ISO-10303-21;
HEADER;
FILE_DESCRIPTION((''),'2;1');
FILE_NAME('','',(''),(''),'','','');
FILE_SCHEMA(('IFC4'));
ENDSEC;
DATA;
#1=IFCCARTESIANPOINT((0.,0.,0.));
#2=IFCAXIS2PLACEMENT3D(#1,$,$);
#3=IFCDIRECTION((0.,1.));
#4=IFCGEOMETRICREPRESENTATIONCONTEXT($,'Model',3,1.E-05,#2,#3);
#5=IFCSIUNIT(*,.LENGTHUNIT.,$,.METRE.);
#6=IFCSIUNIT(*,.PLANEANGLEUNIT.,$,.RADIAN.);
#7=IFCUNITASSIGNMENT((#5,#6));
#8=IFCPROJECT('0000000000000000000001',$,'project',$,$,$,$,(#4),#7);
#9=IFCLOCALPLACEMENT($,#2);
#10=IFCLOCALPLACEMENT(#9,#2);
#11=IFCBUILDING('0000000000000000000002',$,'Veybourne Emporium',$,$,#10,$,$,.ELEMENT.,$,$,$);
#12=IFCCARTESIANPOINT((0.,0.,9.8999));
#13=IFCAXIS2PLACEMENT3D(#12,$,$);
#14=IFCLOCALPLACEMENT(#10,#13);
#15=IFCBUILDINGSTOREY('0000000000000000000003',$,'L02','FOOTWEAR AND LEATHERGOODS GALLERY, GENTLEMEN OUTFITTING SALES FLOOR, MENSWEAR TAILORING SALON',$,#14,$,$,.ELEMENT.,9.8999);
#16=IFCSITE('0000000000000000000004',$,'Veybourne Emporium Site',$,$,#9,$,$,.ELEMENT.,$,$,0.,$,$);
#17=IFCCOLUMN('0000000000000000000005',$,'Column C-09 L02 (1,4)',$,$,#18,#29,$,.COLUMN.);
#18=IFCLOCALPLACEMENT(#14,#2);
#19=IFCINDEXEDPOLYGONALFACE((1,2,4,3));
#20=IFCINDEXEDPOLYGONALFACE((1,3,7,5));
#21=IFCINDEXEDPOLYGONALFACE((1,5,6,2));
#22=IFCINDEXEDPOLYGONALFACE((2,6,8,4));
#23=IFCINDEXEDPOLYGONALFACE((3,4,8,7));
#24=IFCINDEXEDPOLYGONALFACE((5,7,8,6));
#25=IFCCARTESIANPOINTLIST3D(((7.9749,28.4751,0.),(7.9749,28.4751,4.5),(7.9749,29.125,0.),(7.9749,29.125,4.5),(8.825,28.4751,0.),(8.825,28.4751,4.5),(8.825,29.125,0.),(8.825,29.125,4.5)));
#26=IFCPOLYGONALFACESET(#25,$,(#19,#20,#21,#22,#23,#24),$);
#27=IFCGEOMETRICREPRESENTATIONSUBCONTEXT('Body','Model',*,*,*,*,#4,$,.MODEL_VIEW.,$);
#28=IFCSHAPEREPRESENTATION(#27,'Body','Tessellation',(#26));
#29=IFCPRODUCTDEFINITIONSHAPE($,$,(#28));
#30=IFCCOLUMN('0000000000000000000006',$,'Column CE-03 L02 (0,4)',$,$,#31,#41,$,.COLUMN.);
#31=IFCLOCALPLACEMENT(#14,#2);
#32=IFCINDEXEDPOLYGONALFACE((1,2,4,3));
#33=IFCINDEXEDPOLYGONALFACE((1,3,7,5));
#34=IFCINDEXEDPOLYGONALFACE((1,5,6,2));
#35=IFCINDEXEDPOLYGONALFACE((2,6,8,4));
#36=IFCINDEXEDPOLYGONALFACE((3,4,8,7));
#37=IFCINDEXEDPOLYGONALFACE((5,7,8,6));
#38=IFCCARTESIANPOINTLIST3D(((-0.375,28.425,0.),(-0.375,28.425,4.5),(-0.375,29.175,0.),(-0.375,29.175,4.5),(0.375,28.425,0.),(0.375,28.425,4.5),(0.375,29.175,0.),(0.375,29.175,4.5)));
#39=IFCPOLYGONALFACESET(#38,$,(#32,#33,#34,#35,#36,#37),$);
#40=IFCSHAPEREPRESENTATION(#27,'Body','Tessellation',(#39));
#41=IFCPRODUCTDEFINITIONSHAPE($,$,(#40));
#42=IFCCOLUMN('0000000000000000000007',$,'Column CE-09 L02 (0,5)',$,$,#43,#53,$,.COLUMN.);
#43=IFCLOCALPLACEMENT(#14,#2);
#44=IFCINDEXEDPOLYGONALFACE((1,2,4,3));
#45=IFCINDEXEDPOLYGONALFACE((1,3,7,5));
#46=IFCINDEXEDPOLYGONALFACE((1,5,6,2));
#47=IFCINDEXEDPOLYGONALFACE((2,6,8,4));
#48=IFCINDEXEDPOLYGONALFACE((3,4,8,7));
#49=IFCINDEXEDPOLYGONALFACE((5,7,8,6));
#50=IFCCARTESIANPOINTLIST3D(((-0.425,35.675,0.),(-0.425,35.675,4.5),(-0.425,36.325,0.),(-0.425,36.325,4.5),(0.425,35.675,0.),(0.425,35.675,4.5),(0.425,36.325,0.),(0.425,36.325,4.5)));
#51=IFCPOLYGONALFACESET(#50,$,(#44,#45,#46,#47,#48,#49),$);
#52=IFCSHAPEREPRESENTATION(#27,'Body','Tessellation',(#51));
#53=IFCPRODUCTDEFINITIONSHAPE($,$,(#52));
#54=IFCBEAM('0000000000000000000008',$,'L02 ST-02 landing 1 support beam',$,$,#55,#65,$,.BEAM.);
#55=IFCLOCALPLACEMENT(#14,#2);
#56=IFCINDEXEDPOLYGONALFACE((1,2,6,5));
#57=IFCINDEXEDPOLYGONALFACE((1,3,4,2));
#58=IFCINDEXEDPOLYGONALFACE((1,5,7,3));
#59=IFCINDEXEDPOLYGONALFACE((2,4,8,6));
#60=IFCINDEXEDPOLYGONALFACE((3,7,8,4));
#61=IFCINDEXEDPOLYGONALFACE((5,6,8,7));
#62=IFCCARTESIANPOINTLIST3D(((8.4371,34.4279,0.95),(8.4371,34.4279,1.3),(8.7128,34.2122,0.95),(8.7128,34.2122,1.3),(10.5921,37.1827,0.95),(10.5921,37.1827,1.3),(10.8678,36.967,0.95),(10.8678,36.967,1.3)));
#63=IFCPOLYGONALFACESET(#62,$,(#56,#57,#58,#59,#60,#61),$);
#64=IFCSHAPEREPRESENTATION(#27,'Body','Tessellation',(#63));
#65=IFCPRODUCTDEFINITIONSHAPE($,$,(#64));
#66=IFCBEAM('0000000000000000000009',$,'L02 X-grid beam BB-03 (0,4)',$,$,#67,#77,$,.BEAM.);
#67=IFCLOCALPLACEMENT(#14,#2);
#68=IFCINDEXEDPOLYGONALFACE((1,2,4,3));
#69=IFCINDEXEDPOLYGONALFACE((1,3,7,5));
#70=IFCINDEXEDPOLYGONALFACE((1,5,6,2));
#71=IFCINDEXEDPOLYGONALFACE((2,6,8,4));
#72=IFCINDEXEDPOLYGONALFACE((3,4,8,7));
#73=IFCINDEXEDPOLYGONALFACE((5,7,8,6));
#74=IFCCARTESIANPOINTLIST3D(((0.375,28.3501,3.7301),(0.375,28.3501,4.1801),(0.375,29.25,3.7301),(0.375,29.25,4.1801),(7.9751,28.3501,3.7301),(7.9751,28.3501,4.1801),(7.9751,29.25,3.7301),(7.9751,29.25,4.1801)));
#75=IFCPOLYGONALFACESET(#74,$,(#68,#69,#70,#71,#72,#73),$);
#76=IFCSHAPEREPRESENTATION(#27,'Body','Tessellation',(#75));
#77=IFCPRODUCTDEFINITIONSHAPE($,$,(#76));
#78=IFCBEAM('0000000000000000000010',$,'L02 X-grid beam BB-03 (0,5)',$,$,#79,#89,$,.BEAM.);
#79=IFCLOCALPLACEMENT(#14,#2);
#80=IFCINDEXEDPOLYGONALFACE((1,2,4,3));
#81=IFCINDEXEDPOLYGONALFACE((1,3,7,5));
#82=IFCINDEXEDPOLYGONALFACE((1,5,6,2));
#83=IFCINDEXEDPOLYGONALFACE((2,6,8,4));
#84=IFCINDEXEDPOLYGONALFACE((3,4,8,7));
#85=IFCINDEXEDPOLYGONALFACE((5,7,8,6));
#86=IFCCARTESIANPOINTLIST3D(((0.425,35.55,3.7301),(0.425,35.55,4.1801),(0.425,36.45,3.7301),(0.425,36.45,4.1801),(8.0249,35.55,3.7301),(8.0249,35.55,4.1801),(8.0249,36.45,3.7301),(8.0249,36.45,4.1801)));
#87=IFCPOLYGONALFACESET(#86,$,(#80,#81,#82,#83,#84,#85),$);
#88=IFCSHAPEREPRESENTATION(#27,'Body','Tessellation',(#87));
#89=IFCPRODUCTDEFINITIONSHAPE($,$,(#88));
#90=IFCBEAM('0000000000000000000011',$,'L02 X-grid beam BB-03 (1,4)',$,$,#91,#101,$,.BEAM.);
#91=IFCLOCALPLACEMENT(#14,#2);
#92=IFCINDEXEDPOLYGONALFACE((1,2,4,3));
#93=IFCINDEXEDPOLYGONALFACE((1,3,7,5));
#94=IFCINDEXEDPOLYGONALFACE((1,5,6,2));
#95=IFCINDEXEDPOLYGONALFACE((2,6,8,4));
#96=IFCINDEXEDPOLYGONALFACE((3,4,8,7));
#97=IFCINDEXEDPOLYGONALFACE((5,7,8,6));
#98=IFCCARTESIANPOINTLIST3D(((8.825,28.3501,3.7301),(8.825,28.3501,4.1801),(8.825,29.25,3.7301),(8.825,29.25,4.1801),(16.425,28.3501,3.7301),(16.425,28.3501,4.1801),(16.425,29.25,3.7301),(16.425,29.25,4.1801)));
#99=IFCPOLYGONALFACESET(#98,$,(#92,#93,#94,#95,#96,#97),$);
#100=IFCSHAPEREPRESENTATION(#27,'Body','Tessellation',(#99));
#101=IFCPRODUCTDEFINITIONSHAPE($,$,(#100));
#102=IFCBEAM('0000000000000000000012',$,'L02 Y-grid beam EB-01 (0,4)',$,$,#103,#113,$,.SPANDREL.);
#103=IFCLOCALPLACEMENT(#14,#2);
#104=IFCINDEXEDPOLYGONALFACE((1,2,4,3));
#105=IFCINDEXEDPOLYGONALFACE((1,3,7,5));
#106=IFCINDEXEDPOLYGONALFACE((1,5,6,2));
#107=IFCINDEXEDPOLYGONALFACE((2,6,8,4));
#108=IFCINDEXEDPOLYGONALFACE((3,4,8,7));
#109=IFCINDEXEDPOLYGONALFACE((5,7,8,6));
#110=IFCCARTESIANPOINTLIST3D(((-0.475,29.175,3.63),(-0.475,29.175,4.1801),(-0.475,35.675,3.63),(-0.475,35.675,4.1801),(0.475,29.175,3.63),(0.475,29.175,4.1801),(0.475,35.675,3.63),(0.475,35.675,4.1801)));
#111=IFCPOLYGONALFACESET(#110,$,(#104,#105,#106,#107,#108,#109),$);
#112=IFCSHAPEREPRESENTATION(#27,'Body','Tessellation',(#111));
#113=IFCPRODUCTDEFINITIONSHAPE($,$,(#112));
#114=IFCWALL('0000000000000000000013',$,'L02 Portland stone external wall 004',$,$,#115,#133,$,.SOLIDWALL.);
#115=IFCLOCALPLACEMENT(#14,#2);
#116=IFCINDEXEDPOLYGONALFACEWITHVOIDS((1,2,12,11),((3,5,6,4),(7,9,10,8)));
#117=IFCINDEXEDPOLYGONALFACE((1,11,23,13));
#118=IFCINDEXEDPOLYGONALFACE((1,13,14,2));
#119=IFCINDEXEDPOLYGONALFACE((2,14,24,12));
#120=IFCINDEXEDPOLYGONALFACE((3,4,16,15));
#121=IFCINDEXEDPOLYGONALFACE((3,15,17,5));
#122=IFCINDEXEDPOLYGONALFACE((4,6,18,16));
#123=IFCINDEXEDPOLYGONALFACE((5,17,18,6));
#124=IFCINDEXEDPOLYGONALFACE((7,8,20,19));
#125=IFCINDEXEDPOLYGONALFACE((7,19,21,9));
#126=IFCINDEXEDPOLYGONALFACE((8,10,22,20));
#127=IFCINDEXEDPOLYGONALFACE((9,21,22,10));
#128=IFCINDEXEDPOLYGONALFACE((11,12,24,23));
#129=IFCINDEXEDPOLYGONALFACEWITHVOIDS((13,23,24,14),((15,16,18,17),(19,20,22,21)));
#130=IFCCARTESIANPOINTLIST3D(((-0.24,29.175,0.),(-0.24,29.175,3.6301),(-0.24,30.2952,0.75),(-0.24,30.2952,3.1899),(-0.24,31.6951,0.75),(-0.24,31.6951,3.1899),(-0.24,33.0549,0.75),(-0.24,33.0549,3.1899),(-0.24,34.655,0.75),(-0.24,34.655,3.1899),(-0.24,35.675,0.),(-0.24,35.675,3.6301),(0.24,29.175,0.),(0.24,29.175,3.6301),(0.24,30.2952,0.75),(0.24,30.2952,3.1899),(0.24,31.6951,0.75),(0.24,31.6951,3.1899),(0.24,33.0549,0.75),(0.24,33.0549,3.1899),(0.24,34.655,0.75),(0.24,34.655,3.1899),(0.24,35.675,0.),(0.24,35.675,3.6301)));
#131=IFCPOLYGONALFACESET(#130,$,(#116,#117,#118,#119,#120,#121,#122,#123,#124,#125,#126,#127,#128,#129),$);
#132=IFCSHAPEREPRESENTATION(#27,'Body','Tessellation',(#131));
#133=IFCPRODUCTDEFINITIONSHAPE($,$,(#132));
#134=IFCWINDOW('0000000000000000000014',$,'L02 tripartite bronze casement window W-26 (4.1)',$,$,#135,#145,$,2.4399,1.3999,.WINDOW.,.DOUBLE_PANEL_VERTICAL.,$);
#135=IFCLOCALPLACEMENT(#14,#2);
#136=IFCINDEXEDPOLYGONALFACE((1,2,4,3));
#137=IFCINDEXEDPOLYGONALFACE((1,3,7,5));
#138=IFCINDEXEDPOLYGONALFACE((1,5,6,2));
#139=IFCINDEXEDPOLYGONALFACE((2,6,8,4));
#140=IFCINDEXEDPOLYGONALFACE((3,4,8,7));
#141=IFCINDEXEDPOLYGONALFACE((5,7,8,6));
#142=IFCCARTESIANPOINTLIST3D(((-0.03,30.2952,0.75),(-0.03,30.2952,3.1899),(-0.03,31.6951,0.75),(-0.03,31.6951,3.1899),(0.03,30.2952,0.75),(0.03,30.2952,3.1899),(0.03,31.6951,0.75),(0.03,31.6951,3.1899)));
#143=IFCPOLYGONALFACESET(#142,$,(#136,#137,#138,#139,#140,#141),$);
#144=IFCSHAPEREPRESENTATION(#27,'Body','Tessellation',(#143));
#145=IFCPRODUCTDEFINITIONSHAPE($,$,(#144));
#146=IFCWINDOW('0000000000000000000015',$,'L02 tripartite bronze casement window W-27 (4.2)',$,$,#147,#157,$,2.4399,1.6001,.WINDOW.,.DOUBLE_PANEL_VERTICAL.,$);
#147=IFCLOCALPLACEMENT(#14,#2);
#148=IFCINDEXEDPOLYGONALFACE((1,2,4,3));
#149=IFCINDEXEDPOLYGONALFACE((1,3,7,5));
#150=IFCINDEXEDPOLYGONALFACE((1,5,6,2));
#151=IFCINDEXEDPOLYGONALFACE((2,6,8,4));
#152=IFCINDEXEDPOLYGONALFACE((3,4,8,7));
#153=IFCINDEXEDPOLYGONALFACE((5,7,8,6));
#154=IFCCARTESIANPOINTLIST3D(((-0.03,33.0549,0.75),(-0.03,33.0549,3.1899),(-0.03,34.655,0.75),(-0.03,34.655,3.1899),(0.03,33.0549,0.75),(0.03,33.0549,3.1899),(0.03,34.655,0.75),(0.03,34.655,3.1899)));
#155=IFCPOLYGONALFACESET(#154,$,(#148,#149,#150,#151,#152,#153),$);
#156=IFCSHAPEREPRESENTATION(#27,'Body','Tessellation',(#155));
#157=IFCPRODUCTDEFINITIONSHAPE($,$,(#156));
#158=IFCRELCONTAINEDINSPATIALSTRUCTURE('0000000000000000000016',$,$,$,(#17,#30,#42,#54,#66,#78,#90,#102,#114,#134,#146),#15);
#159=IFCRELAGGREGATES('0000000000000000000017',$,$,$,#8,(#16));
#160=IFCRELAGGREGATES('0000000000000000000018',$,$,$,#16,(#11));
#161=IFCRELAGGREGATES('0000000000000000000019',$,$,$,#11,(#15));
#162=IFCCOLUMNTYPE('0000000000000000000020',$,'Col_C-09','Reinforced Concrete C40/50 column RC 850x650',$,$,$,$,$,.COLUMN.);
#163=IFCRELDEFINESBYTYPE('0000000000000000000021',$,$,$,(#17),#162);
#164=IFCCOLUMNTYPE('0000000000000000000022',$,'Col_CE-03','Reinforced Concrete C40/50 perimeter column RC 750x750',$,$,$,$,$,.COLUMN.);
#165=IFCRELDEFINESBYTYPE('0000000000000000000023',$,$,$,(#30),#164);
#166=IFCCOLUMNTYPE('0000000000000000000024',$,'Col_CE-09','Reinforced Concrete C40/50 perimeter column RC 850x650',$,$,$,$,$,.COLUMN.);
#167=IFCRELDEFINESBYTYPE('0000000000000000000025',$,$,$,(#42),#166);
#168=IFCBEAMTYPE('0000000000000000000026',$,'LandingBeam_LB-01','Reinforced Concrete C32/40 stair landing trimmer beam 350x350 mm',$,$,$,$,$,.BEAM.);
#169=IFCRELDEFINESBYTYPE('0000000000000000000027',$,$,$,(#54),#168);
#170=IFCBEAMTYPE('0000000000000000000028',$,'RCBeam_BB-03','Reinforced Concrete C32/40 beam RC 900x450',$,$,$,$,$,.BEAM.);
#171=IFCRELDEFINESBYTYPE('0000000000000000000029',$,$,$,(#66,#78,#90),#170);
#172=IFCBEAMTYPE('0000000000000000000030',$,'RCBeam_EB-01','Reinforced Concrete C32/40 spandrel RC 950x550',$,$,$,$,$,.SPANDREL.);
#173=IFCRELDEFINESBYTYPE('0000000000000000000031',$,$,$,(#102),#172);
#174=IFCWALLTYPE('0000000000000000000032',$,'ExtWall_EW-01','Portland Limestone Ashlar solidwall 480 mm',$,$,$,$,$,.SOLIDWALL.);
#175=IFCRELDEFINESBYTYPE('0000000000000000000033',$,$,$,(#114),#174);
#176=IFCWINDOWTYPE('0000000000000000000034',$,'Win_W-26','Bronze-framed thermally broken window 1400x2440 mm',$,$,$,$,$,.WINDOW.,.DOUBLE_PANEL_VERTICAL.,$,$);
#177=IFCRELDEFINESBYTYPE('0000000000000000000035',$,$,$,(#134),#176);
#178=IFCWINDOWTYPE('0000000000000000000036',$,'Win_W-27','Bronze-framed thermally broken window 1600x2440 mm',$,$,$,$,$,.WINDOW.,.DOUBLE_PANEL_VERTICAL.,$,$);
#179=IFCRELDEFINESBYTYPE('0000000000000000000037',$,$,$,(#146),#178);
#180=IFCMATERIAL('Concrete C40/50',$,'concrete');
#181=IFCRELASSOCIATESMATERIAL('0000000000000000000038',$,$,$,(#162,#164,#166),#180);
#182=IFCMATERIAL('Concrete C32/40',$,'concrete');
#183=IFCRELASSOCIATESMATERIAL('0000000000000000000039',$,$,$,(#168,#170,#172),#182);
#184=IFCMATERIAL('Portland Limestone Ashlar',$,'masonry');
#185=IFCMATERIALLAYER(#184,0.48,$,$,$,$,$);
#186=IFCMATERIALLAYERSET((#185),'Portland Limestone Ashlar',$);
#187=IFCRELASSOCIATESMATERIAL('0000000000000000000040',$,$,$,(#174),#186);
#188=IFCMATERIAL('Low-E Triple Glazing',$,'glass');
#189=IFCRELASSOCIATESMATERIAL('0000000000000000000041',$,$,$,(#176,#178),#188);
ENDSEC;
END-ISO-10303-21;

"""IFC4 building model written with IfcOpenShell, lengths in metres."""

from ifc_helpers import new_model, si_unit, direction, frame, frame_2d, origin, origin_2d, place, context, subcontext, project, spatial, rectangle, extrude, material, layer, layer_set, material_profile, profile_set, type_object, element, fill, save


model = new_model("IFC4")

# Units and contexts
model_context = context("Model", 3, precision=1e-05, world=origin(), true_north=direction((0.0, 1.0)))
body_context = subcontext(model_context, "Body", "Model", "MODEL_VIEW")
ifc_project = project(units=[si_unit("LENGTHUNIT", "METRE"), si_unit("PLANEANGLEUNIT", "RADIAN")], contexts=[model_context])

# Site, building, storey
site_placement = place(None, origin())
site = spatial("IfcSite", under=ifc_project, at=site_placement, Name="Veybourne Emporium Site", CompositionType="ELEMENT", RefElevation=0.0)
building_placement = place(site_placement, origin())
building = spatial("IfcBuilding", under=site, at=building_placement, Name="Veybourne Emporium", CompositionType="ELEMENT")
storey_placement = place(building_placement, frame((0.0, 0.0, 9.8999)))
storey = spatial("IfcBuildingStorey", under=building, at=storey_placement, Name="L02", Description="FOOTWEAR AND LEATHERGOODS GALLERY, GENTLEMEN OUTFITTING SALES FLOOR, MENSWEAR TAILORING SALON", CompositionType="ELEMENT", Elevation=9.8999)

# Columns
ifc_material_1 = material(Name="Concrete C40/50", Category="concrete")
ifc_material_profile_1 = material_profile(ifc_material_1, rectangle(XDim=0.8501, YDim=0.6499, at=origin_2d()), Name="RC 850x650")
ifc_profile_set_1 = profile_set([ifc_material_profile_1], Name="Concrete C40/50")
column_type_1 = type_object("IfcColumnType", Name="Col_C-09", Description="Reinforced Concrete C40/50 column RC 850x650", PredefinedType="COLUMN", material=ifc_profile_set_1)
column_1_placement = place(storey_placement, frame((8.3999, 28.8, 0.0), z_axis=(0.0, 0.0, 1.0), x_axis=(1.0, 0.0, 0.0)))
element("IfcColumn", 1, at=column_1_placement, inside=storey, type_object=column_type_1, Name="Column C-09 L02 (1,4)", PredefinedType="COLUMN", context=body_context, shape_type="SweptSolid", body=[
    extrude(rectangle(XDim=0.8501, YDim=0.6499, at=origin_2d()), origin(), (0.0, 0.0, 1.0), 4.5),
])
ifc_material_profile_2 = material_profile(ifc_material_1, rectangle(XDim=0.75, YDim=0.75, at=origin_2d()), Name="RC 750x750")
ifc_profile_set_2 = profile_set([ifc_material_profile_2], Name="Concrete C40/50")
column_type_2 = type_object("IfcColumnType", Name="Col_CE-03", Description="Reinforced Concrete C40/50 perimeter column RC 750x750", PredefinedType="COLUMN", material=ifc_profile_set_2)
column_2_placement = place(storey_placement, frame((0.0, 28.8, 0.0), z_axis=(0.0, 0.0, 1.0), x_axis=(1.0, 0.0, 0.0)))
element("IfcColumn", 2, at=column_2_placement, inside=storey, type_object=column_type_2, Name="Column CE-03 L02 (0,4)", PredefinedType="COLUMN", context=body_context, shape_type="SweptSolid", body=[
    extrude(rectangle(XDim=0.75, YDim=0.75, at=origin_2d()), origin(), (0.0, 0.0, 1.0), 4.5),
])
ifc_material_profile_3 = material_profile(ifc_material_1, rectangle(XDim=0.8501, YDim=0.6499, at=origin_2d()), Name="RC 850x650")
ifc_profile_set_3 = profile_set([ifc_material_profile_3], Name="Concrete C40/50")
column_type_3 = type_object("IfcColumnType", Name="Col_CE-09", Description="Reinforced Concrete C40/50 perimeter column RC 850x650", PredefinedType="COLUMN", material=ifc_profile_set_3)
column_3_placement = place(storey_placement, frame((0.0, 36.0, 0.0), z_axis=(0.0, 0.0, 1.0), x_axis=(1.0, 0.0, 0.0)))
element("IfcColumn", 3, at=column_3_placement, inside=storey, type_object=column_type_3, Name="Column CE-09 L02 (0,5)", PredefinedType="COLUMN", context=body_context, shape_type="SweptSolid", body=[
    extrude(rectangle(XDim=0.8501, YDim=0.6499, at=origin_2d()), origin(), (0.0, 0.0, 1.0), 4.5),
])

# Beams
ifc_material_2 = material(Name="Concrete C32/40", Category="concrete")
ifc_material_profile_4 = material_profile(ifc_material_2, rectangle(XDim=0.3501, YDim=0.3501, at=origin_2d()), Name="RC 350x350")
ifc_profile_set_4 = profile_set([ifc_material_profile_4], Name="Concrete C32/40")
beam_type_1 = type_object("IfcBeamType", Name="LandingBeam_LB-01", Description="Reinforced Concrete C32/40 stair landing trimmer beam 350x350 mm", PredefinedType="BEAM", material=ifc_profile_set_4)
beam_1_placement = place(storey_placement, frame((8.575, 34.3201, 1.125), z_axis=(0.616137, 0.787639, 0.0), x_axis=(-0.787639, 0.616137, 0.0)))
element("IfcBeam", 4, at=beam_1_placement, inside=storey, type_object=beam_type_1, Name="L02 ST-02 landing 1 support beam", PredefinedType="BEAM", context=body_context, shape_type="SweptSolid", body=[
    extrude(rectangle(XDim=0.3501, YDim=0.3501, at=origin_2d()), origin(), (0.0, 0.0, 1.0), 3.4976),
])
ifc_material_profile_5 = material_profile(ifc_material_2, rectangle(XDim=0.8999, YDim=0.45, at=origin_2d()), Name="RC 900x450")
ifc_profile_set_5 = profile_set([ifc_material_profile_5], Name="Concrete C32/40")
beam_type_2 = type_object("IfcBeamType", Name="RCBeam_BB-03", Description="Reinforced Concrete C32/40 beam RC 900x450", PredefinedType="BEAM", material=ifc_profile_set_5)
beam_2_placement = place(storey_placement, frame((0.375, 28.8, 3.9551), z_axis=(1.0, 0.0, 0.0), x_axis=(0.0, 1.0, 0.0)))
element("IfcBeam", 5, at=beam_2_placement, inside=storey, type_object=beam_type_2, Name="L02 X-grid beam BB-03 (0,4)", PredefinedType="BEAM", context=body_context, shape_type="SweptSolid", body=[
    extrude(rectangle(XDim=0.8999, YDim=0.45, at=origin_2d()), origin(), (0.0, 0.0, 1.0), 7.6001),
])
beam_3_placement = place(storey_placement, frame((0.425, 36.0, 3.9551), z_axis=(1.0, 0.0, 0.0), x_axis=(0.0, 1.0, 0.0)))
element("IfcBeam", 6, at=beam_3_placement, inside=storey, type_object=beam_type_2, Name="L02 X-grid beam BB-03 (0,5)", PredefinedType="BEAM", context=body_context, shape_type="SweptSolid", body=[
    extrude(rectangle(XDim=0.8999, YDim=0.45, at=origin_2d()), origin(), (0.0, 0.0, 1.0), 7.5999),
])
beam_4_placement = place(storey_placement, frame((8.825, 28.8, 3.9551), z_axis=(1.0, 0.0, 0.0), x_axis=(0.0, 1.0, 0.0)))
element("IfcBeam", 7, at=beam_4_placement, inside=storey, type_object=beam_type_2, Name="L02 X-grid beam BB-03 (1,4)", PredefinedType="BEAM", context=body_context, shape_type="SweptSolid", body=[
    extrude(rectangle(XDim=0.8999, YDim=0.45, at=origin_2d()), origin(), (0.0, 0.0, 1.0), 7.6001),
])
ifc_material_profile_6 = material_profile(ifc_material_2, rectangle(XDim=0.95, YDim=0.55, at=origin_2d()), Name="RC 950x550")
ifc_profile_set_6 = profile_set([ifc_material_profile_6], Name="Concrete C32/40")
beam_type_3 = type_object("IfcBeamType", Name="RCBeam_EB-01", Description="Reinforced Concrete C32/40 spandrel RC 950x550", PredefinedType="SPANDREL", material=ifc_profile_set_6)
beam_5_placement = place(storey_placement, frame((0.0, 29.175, 3.905), z_axis=(0.0, 1.0, 0.0), x_axis=(-1.0, 0.0, 0.0)))
element("IfcBeam", 8, at=beam_5_placement, inside=storey, type_object=beam_type_3, Name="L02 Y-grid beam EB-01 (0,4)", PredefinedType="SPANDREL", context=body_context, shape_type="SweptSolid", body=[
    extrude(rectangle(XDim=0.95, YDim=0.55, at=origin_2d()), origin(), (0.0, 0.0, 1.0), 6.5),
])

# Wall, openings, windows
ifc_material_3 = material(Name="Portland Limestone Ashlar", Category="masonry")
ifc_layer_1 = layer(ifc_material_3, 0.48)
ifc_layer_set_1 = layer_set([ifc_layer_1], Name="Portland Limestone Ashlar")
wall_type_1 = type_object("IfcWallType", Name="ExtWall_EW-01", Description="Portland Limestone Ashlar solidwall 480 mm", PredefinedType="SOLIDWALL", material=ifc_layer_set_1)
wall_1_placement = place(storey_placement, frame((0.0, 29.175, 0.0), z_axis=(0.0, 0.0, 1.0), x_axis=(0.0, 1.0, 0.0)))
wall_1 = element("IfcWall", 9, at=wall_1_placement, inside=storey, type_object=wall_type_1, Name="L02 Portland stone external wall 004", PredefinedType="SOLIDWALL", context=body_context, shape_type="SweptSolid", body=[
    extrude(rectangle(XDim=6.5, YDim=0.48, at=frame_2d((3.25, 0.0))), origin(), (0.0, 0.0, 1.0), 3.6301),
])
opening_1_placement = place(wall_1_placement, frame((1.1201, 0.0, 0.75)))
opening_1 = element("IfcOpeningElement", 10, at=opening_1_placement, cuts=wall_1, PredefinedType="OPENING", context=body_context, shape_type="SweptSolid", body=[
    extrude(rectangle(XDim=1.3999, YDim=2.4399, at=frame_2d((0.7, 1.22))), frame((0.0, 0.26, 0.0), z_axis=(0.0, -1.0, 0.0), x_axis=(1.0, 0.0, 0.0)), (0.0, 0.0, 1.0), 0.52),
])
opening_2_placement = place(wall_1_placement, frame((3.8799, 0.0, 0.75)))
opening_2 = element("IfcOpeningElement", 11, at=opening_2_placement, cuts=wall_1, PredefinedType="OPENING", context=body_context, shape_type="SweptSolid", body=[
    extrude(rectangle(XDim=1.6001, YDim=2.4399, at=frame_2d((0.8, 1.22))), frame((0.0, 0.26, 0.0), z_axis=(0.0, -1.0, 0.0), x_axis=(1.0, 0.0, 0.0)), (0.0, 0.0, 1.0), 0.52),
])
ifc_material_4 = material(Name="Low-E Triple Glazing", Category="glass")
window_type_1 = type_object("IfcWindowType", Name="Win_W-26", Description="Bronze-framed thermally broken window 1400x2440 mm", PartitioningType="DOUBLE_PANEL_VERTICAL", PredefinedType="WINDOW", material=ifc_material_4)
window_1_placement = place(opening_1_placement, origin())
window_1 = element("IfcWindow", 12, at=window_1_placement, inside=storey, type_object=window_type_1, Name="L02 tripartite bronze casement window W-26 (4.1)", OverallHeight=2.4399, OverallWidth=1.3999, PartitioningType="DOUBLE_PANEL_VERTICAL", PredefinedType="WINDOW", context=body_context, shape_type="SweptSolid", body=[
    extrude(rectangle(XDim=1.3999, YDim=2.4399, at=frame_2d((0.7, 1.22))), frame((0.0, 0.03, 0.0), z_axis=(0.0, -1.0, 0.0), x_axis=(1.0, 0.0, 0.0)), (0.0, 0.0, 1.0), 0.0601),
])
fill(opening_1, window_1)
window_type_2 = type_object("IfcWindowType", Name="Win_W-27", Description="Bronze-framed thermally broken window 1600x2440 mm", PartitioningType="DOUBLE_PANEL_VERTICAL", PredefinedType="WINDOW", material=ifc_material_4)
window_2_placement = place(opening_2_placement, origin())
window_2 = element("IfcWindow", 13, at=window_2_placement, inside=storey, type_object=window_type_2, Name="L02 tripartite bronze casement window W-27 (4.2)", OverallHeight=2.4399, OverallWidth=1.6001, PartitioningType="DOUBLE_PANEL_VERTICAL", PredefinedType="WINDOW", context=body_context, shape_type="SweptSolid", body=[
    extrude(rectangle(XDim=1.6001, YDim=2.4399, at=frame_2d((0.8, 1.22))), frame((0.0, 0.03, 0.0), z_axis=(0.0, -1.0, 0.0), x_axis=(1.0, 0.0, 0.0)), (0.0, 0.0, 1.0), 0.0601),
])
fill(opening_2, window_2)

save(model, "model.ifc")
